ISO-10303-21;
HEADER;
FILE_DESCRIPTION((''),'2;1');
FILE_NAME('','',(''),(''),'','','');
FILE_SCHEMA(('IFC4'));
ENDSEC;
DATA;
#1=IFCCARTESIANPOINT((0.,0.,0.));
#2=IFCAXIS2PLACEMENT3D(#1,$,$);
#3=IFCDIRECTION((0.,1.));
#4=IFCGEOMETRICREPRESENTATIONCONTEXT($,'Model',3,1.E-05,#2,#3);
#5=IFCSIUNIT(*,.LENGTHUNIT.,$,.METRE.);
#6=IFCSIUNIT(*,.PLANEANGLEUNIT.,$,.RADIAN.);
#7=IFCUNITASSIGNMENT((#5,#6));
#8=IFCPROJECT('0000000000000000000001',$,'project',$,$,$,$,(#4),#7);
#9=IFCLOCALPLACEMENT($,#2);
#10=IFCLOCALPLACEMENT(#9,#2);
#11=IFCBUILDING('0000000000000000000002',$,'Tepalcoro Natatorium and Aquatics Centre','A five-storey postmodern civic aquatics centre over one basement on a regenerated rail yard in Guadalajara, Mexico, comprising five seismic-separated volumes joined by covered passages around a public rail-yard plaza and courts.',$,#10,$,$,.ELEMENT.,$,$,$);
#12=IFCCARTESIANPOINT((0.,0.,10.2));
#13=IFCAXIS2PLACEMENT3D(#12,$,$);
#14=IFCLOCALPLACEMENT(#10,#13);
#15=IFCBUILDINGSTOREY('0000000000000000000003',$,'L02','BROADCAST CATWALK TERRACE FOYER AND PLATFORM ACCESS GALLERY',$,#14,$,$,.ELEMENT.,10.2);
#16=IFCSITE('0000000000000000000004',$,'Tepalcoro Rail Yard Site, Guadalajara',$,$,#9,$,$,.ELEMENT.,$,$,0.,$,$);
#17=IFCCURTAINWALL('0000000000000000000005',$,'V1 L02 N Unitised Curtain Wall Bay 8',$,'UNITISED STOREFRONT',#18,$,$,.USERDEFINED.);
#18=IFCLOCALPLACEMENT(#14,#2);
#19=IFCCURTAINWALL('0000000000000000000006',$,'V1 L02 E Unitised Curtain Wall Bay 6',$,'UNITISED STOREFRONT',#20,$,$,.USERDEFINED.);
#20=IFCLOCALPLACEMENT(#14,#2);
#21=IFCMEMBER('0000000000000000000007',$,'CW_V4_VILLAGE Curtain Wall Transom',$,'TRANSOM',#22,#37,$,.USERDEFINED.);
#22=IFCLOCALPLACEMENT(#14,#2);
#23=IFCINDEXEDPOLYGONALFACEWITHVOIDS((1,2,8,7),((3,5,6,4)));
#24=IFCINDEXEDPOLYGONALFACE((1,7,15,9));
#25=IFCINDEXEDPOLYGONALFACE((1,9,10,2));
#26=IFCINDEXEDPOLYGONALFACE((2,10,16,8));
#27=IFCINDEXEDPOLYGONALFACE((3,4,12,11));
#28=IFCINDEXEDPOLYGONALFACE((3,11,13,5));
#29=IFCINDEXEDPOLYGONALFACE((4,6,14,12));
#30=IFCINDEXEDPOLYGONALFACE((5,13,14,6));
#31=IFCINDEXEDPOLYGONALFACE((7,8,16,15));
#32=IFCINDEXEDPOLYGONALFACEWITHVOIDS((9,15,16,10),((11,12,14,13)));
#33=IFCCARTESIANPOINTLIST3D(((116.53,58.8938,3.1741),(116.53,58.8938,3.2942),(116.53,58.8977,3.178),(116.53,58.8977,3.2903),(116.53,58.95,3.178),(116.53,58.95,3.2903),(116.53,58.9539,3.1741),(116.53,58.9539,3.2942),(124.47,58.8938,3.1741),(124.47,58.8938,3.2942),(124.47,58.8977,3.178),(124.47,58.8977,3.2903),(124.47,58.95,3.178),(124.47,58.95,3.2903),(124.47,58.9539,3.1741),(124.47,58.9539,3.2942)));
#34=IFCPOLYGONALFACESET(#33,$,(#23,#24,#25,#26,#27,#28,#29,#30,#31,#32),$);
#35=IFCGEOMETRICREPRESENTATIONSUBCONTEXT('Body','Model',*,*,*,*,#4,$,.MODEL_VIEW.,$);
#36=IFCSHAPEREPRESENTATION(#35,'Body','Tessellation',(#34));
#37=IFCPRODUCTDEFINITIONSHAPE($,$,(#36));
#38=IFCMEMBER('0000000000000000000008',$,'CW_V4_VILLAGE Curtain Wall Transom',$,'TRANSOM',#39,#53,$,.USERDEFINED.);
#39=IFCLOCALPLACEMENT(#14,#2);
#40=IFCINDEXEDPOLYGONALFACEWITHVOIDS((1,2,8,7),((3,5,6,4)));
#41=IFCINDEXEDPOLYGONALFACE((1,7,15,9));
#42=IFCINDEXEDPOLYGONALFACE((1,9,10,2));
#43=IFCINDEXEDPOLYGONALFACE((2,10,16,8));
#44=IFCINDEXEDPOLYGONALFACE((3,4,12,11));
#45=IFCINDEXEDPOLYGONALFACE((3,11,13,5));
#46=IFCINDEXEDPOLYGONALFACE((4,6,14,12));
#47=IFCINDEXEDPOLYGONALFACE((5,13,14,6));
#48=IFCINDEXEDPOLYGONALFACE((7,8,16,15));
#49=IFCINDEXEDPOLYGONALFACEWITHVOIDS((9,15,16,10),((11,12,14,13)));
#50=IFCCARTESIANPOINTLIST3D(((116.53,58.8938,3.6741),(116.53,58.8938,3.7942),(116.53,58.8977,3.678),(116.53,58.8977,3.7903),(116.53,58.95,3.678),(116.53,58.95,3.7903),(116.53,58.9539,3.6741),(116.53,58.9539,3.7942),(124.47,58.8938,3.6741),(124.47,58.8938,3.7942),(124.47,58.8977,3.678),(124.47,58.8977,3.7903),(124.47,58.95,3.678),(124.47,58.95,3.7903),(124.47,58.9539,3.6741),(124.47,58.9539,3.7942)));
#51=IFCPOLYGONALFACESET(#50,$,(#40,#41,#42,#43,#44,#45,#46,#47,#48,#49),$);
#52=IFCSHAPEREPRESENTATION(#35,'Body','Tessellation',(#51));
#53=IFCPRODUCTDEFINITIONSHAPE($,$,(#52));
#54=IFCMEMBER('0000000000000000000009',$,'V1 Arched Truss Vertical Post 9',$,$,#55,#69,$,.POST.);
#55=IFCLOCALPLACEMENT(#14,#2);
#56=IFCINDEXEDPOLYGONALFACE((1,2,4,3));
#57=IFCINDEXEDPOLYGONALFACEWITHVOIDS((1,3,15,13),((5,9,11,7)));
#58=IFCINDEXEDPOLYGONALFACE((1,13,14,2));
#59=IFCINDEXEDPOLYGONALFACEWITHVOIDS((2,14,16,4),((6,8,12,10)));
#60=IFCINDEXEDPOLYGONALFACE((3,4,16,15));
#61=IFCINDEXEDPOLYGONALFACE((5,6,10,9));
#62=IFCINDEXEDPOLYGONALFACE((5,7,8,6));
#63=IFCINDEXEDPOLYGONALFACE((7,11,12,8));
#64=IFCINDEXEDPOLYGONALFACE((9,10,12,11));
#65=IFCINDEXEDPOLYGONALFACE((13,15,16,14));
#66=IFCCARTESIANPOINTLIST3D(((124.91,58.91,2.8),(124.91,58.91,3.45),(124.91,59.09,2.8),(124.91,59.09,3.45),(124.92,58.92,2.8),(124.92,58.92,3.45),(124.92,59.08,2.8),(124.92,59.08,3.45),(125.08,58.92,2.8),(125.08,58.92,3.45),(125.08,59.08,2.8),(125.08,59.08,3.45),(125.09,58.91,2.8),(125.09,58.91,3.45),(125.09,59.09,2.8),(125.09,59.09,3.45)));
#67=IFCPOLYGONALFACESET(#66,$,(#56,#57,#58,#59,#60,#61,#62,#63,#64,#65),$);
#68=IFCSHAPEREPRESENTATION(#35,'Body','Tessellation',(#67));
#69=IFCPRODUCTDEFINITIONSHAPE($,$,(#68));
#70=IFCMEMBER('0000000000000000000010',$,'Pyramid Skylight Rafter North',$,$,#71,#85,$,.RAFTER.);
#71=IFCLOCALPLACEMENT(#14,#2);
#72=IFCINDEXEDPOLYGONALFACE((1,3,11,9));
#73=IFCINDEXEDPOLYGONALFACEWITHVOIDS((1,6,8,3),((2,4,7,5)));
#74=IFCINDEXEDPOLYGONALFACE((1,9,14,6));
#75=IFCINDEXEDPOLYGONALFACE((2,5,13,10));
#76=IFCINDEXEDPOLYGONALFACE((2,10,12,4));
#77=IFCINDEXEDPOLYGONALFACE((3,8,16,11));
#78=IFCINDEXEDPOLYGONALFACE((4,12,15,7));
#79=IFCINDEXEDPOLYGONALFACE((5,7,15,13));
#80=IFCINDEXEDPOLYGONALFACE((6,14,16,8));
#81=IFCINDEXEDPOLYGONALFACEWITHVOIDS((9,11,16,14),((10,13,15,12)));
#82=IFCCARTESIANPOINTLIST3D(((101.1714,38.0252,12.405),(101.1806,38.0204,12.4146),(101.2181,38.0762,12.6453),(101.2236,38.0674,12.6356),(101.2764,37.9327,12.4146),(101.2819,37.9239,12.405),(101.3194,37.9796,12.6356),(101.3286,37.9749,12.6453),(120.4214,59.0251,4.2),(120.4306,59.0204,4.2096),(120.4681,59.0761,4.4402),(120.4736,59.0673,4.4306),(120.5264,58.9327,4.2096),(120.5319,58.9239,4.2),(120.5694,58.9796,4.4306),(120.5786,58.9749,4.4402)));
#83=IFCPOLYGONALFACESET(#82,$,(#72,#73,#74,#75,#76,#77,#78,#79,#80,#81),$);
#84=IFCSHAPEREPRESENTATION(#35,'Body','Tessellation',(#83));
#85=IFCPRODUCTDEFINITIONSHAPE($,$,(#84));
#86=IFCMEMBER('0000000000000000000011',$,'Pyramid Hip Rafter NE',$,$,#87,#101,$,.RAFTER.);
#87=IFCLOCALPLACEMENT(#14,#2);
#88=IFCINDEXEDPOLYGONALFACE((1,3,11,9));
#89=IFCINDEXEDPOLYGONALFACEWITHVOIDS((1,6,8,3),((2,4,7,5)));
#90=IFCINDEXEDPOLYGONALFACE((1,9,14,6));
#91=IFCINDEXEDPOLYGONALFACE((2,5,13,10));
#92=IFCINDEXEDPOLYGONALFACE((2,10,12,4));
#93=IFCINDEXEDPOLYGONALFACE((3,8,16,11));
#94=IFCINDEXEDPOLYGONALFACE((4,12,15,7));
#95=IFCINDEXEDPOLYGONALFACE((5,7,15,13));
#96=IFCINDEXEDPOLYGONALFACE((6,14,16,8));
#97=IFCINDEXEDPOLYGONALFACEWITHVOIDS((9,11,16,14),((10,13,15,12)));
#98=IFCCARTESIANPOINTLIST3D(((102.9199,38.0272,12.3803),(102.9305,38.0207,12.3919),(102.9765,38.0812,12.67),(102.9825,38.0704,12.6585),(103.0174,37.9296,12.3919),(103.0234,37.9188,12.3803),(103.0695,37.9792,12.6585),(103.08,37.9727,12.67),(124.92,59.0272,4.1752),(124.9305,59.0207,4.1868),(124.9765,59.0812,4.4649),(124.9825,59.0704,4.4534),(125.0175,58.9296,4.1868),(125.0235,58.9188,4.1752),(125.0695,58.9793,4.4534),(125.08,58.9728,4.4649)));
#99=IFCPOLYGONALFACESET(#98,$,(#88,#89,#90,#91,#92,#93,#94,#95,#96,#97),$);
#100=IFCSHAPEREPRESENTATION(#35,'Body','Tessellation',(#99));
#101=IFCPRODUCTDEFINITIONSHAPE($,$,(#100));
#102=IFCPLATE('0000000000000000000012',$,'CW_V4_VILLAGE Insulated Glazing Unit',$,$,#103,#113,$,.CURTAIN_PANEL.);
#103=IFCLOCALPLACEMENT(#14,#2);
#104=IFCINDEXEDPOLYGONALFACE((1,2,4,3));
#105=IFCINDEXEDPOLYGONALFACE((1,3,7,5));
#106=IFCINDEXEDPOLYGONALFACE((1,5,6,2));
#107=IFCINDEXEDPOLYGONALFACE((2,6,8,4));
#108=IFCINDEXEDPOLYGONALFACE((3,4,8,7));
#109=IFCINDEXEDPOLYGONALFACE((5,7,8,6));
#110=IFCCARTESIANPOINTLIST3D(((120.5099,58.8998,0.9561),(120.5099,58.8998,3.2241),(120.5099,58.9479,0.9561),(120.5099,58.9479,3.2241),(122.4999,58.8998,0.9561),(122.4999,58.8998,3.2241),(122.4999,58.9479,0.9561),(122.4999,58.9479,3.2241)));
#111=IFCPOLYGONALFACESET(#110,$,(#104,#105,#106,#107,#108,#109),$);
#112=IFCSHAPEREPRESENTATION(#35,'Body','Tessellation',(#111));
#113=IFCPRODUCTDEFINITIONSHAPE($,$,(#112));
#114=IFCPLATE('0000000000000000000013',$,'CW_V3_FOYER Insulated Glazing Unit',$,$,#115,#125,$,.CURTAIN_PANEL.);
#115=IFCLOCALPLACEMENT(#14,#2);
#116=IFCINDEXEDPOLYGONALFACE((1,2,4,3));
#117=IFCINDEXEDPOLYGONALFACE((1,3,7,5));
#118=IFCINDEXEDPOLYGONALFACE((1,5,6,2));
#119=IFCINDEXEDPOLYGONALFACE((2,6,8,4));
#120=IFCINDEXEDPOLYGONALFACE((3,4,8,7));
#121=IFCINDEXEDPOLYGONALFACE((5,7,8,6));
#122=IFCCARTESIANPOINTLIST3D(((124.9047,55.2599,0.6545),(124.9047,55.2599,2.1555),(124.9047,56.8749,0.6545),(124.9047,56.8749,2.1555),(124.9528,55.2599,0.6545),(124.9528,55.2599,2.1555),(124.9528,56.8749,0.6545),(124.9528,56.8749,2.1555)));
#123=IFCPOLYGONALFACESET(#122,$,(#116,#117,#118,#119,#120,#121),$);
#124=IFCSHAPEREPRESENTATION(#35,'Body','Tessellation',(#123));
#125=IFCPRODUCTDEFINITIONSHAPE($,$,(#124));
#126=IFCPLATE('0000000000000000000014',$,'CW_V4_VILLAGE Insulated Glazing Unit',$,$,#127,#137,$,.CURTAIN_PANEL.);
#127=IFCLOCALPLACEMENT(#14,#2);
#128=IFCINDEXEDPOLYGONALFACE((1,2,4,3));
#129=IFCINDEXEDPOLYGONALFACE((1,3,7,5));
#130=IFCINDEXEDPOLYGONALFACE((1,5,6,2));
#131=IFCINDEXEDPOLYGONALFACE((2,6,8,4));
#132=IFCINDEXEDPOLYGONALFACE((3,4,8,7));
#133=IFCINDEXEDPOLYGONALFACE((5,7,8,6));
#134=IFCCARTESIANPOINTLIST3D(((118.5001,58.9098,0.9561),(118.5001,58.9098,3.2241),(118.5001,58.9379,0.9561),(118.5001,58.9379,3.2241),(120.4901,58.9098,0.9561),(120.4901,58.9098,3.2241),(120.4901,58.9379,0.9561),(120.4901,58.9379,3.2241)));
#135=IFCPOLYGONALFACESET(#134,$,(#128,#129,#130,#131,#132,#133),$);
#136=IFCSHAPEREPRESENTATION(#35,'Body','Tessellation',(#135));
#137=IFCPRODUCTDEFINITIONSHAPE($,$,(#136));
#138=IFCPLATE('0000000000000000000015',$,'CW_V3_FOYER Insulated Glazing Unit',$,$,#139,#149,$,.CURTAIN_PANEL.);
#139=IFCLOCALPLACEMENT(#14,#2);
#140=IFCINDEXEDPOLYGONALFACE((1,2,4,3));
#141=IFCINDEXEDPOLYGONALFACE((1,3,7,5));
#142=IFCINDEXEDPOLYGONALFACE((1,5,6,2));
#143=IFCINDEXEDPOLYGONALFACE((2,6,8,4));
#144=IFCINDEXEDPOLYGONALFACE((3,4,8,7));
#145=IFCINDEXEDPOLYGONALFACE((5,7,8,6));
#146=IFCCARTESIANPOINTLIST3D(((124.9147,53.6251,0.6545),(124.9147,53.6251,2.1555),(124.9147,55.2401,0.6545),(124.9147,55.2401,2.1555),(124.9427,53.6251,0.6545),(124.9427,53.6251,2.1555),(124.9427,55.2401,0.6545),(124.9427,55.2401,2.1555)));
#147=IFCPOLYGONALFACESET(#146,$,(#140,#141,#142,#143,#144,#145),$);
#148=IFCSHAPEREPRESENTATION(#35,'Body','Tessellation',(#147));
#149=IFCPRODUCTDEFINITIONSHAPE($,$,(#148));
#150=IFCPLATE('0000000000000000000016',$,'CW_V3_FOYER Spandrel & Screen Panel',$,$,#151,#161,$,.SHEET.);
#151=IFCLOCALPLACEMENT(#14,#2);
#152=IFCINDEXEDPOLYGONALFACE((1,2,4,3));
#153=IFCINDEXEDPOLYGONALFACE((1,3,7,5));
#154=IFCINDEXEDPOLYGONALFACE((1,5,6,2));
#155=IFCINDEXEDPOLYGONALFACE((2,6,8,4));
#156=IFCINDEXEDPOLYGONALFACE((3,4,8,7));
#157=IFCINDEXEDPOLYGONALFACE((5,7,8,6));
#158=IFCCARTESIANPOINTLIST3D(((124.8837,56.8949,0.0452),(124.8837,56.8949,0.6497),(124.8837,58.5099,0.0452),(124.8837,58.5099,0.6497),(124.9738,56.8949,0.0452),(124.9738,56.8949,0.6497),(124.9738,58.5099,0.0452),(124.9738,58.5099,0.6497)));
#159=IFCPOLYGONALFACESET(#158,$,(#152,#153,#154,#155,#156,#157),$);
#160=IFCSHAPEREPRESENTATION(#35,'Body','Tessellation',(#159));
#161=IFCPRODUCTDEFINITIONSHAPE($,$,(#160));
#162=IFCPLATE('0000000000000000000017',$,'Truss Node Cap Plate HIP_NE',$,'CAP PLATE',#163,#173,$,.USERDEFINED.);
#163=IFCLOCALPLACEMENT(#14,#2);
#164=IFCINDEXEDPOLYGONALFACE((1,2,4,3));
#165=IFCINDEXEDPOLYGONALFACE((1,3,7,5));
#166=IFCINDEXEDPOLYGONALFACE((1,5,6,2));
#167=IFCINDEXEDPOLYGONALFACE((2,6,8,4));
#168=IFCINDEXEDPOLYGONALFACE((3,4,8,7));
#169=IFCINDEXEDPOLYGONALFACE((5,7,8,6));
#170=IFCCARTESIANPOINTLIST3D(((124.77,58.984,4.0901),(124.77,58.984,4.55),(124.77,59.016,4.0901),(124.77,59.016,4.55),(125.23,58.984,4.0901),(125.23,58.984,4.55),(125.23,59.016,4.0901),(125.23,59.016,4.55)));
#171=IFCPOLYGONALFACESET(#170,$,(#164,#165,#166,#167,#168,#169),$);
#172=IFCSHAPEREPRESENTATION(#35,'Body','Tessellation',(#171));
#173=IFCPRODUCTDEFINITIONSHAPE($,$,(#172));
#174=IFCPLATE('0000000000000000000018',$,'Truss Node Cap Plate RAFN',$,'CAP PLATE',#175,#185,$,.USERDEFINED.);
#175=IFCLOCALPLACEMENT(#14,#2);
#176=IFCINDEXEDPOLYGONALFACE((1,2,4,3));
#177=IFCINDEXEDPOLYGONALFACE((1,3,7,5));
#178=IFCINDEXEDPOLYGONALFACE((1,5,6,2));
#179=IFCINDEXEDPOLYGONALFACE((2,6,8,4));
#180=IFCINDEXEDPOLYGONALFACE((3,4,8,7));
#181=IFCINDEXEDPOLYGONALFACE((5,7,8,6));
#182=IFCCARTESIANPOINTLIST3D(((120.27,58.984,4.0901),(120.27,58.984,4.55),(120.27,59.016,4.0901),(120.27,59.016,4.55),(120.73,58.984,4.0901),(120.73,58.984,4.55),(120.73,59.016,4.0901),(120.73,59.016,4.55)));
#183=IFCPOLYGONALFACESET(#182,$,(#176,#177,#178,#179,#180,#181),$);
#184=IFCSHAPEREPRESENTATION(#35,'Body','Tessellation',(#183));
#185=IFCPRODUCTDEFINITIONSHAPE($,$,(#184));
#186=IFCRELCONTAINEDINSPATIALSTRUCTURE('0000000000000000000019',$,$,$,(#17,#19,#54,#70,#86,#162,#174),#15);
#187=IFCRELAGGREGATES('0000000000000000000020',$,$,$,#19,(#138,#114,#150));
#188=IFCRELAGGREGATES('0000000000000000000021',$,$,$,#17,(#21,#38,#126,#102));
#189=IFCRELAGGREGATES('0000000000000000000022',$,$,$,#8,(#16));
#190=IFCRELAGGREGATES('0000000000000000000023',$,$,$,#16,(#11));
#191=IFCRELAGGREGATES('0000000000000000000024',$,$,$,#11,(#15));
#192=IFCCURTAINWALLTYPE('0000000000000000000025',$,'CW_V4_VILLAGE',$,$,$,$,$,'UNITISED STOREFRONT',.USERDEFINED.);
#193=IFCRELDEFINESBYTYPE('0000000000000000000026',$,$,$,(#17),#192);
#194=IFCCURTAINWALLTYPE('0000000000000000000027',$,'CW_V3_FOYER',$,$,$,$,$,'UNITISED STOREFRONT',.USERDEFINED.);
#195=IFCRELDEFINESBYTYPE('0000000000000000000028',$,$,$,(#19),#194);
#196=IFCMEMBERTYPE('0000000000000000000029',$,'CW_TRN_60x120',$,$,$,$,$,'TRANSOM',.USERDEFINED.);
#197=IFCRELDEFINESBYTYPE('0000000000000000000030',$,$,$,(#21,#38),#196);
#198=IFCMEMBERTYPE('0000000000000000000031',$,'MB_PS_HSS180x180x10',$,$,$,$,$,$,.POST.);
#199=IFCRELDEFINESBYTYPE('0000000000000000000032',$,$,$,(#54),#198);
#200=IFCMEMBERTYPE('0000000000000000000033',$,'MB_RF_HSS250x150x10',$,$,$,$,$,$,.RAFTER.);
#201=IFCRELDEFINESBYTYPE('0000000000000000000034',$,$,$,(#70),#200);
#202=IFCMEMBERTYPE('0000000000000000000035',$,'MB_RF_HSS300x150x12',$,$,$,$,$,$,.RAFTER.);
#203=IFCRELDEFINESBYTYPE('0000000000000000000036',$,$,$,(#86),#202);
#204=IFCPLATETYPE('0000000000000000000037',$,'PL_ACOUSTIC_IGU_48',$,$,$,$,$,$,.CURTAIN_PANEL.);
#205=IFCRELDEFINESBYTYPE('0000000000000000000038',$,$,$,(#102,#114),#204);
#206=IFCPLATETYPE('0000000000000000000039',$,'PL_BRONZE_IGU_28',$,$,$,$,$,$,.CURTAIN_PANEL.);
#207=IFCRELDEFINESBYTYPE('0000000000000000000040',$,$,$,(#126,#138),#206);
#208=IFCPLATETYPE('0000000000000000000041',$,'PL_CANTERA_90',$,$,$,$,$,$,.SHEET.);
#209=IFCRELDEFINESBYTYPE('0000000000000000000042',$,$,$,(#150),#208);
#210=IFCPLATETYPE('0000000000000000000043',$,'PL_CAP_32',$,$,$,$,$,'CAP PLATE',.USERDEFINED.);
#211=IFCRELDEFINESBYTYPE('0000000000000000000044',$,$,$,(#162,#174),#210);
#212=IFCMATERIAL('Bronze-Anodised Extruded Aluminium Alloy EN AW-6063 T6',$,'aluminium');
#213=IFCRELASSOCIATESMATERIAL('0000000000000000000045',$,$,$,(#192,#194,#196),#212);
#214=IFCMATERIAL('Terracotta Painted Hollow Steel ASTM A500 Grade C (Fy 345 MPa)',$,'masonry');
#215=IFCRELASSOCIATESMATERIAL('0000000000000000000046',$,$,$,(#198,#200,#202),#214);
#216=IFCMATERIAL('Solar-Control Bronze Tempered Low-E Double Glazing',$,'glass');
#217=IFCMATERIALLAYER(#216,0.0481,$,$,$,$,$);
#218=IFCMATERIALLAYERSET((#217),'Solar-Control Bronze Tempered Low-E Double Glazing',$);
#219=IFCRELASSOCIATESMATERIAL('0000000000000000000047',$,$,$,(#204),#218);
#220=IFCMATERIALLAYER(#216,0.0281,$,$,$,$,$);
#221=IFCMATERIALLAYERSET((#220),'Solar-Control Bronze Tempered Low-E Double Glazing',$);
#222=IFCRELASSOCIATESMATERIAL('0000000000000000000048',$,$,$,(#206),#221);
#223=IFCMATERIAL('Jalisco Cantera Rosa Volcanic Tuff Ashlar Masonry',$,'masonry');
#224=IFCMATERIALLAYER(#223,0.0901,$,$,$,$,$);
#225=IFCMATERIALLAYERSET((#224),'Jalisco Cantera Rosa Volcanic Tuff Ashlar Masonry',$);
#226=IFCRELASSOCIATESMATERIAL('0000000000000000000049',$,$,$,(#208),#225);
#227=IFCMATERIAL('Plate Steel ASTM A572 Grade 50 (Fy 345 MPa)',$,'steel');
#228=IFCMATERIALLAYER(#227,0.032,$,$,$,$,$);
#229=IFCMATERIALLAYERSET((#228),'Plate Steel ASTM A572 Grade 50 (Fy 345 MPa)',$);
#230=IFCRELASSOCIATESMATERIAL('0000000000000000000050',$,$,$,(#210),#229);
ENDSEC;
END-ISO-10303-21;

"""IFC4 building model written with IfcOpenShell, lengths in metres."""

from ifc_helpers import new_model, si_unit, direction, frame, origin, origin_2d, place, context, subcontext, project, spatial, rectangle, hollow_rectangle, extrude, material, layer, layer_set, material_profile, profile_set, type_object, element, aggregate, save


model = new_model("IFC4")

# Units and contexts
model_context = context("Model", 3, precision=1e-05, world=origin(), true_north=direction((0.0, 1.0)))
body_context = subcontext(model_context, "Body", "Model", "MODEL_VIEW")
ifc_project = project(units=[si_unit("LENGTHUNIT", "METRE"), si_unit("PLANEANGLEUNIT", "RADIAN")], contexts=[model_context])

# Site, building, storey
site_placement = place(None, origin())
site = spatial("IfcSite", under=ifc_project, at=site_placement, Name="Tepalcoro Rail Yard Site, Guadalajara", CompositionType="ELEMENT", RefElevation=0.0)
building_placement = place(site_placement, origin())
building = spatial("IfcBuilding", under=site, at=building_placement, Name="Tepalcoro Natatorium and Aquatics Centre", Description="A five-storey postmodern civic aquatics centre over one basement on a regenerated rail yard in Guadalajara, Mexico, comprising five seismic-separated volumes joined by covered passages around a public rail-yard plaza and courts.", CompositionType="ELEMENT")
storey_placement = place(building_placement, frame((0.0, 0.0, 10.2)))
storey = spatial("IfcBuildingStorey", under=building, at=storey_placement, Name="L02", Description="BROADCAST CATWALK TERRACE FOYER AND PLATFORM ACCESS GALLERY", CompositionType="ELEMENT", Elevation=10.2)

# Curtain walls
ifc_material_1 = material(Name="Bronze-Anodised Extruded Aluminium Alloy EN AW-6063 T6", Category="aluminium")
curtain_wall_type_1 = type_object("IfcCurtainWallType", Name="CW_V4_VILLAGE", ElementType="UNITISED STOREFRONT", PredefinedType="USERDEFINED", material=ifc_material_1)
curtain_wall_1_placement = place(storey_placement, origin())
curtain_wall_1 = element("IfcCurtainWall", 1, at=curtain_wall_1_placement, inside=storey, type_object=curtain_wall_type_1, Name="V1 L02 N Unitised Curtain Wall Bay 8", ObjectType="UNITISED STOREFRONT", PredefinedType="USERDEFINED")
curtain_wall_type_2 = type_object("IfcCurtainWallType", Name="CW_V3_FOYER", ElementType="UNITISED STOREFRONT", PredefinedType="USERDEFINED", material=ifc_material_1)
curtain_wall_2_placement = place(storey_placement, origin())
curtain_wall_2 = element("IfcCurtainWall", 2, at=curtain_wall_2_placement, inside=storey, type_object=curtain_wall_type_2, Name="V1 L02 E Unitised Curtain Wall Bay 6", ObjectType="UNITISED STOREFRONT", PredefinedType="USERDEFINED")

# Members
ifc_material_profile_1 = material_profile(ifc_material_1, hollow_rectangle(XDim=0.0601, YDim=0.1201, WallThickness=0.0039, at=origin_2d()), Name="AL60X120X4")
ifc_profile_set_1 = profile_set([ifc_material_profile_1], Name="Bronze-Anodised Extruded Aluminium Alloy EN AW-6063 T6")
member_type_1 = type_object("IfcMemberType", Name="CW_TRN_60x120", ElementType="TRANSOM", PredefinedType="USERDEFINED", material=ifc_profile_set_1)
member_1_placement = place(storey_placement, frame((116.53, 58.9238, 3.2341), z_axis=(1.0, 0.0, 0.0), x_axis=(0.0, 1.0, 0.0)))
member_1 = element("IfcMember", 3, at=member_1_placement, type_object=member_type_1, Name="CW_V4_VILLAGE Curtain Wall Transom", ObjectType="TRANSOM", PredefinedType="USERDEFINED", context=body_context, shape_type="SweptSolid", body=[
    extrude(hollow_rectangle(XDim=0.0601, YDim=0.1201, WallThickness=0.0039, at=origin_2d()), origin(), (0.0, 0.0, 1.0), 7.9399),
])
member_2_placement = place(storey_placement, frame((116.53, 58.9238, 3.7341), z_axis=(1.0, 0.0, 0.0), x_axis=(0.0, 1.0, 0.0)))
member_2 = element("IfcMember", 4, at=member_2_placement, type_object=member_type_1, Name="CW_V4_VILLAGE Curtain Wall Transom", ObjectType="TRANSOM", PredefinedType="USERDEFINED", context=body_context, shape_type="SweptSolid", body=[
    extrude(hollow_rectangle(XDim=0.0601, YDim=0.1201, WallThickness=0.0039, at=origin_2d()), origin(), (0.0, 0.0, 1.0), 7.9399),
])

# Members
ifc_material_2 = material(Name="Terracotta Painted Hollow Steel ASTM A500 Grade C (Fy 345 MPa)", Category="masonry")
ifc_material_profile_2 = material_profile(ifc_material_2, hollow_rectangle(XDim=0.1799, YDim=0.1799, WallThickness=0.01, at=origin_2d()), Name="HSS180X180X10")
ifc_profile_set_2 = profile_set([ifc_material_profile_2], Name="Terracotta Painted Hollow Steel ASTM A500 Grade C (Fy 345 MPa)")
member_type_2 = type_object("IfcMemberType", Name="MB_PS_HSS180x180x10", PredefinedType="POST", material=ifc_profile_set_2)
member_3_placement = place(storey_placement, frame((125.0, 59.0, 2.8), z_axis=(0.0, 0.0, 1.0), x_axis=(1.0, 0.0, 0.0)))
element("IfcMember", 5, at=member_3_placement, inside=storey, type_object=member_type_2, Name="V1 Arched Truss Vertical Post 9", PredefinedType="POST", context=body_context, shape_type="SweptSolid", body=[
    extrude(hollow_rectangle(XDim=0.1799, YDim=0.1799, WallThickness=0.01, at=origin_2d()), origin(), (0.0, 0.0, 1.0), 0.6499),
])
ifc_material_profile_3 = material_profile(ifc_material_2, hollow_rectangle(XDim=0.1499, YDim=0.25, WallThickness=0.01, at=origin_2d()), Name="HSS250X150X10")
ifc_profile_set_3 = profile_set([ifc_material_profile_3], Name="Terracotta Painted Hollow Steel ASTM A500 Grade C (Fy 345 MPa)")
member_type_3 = type_object("IfcMemberType", Name="MB_RF_HSS250x150x10", PredefinedType="RAFTER", material=ifc_profile_set_3)
member_4_placement = place(storey_placement, frame((120.5, 59.0, 4.3201), z_axis=(-0.649329, -0.708358, 0.276768), x_axis=(0.737154, -0.675725, 0.0)))
element("IfcMember", 6, at=member_4_placement, inside=storey, type_object=member_type_3, Name="Pyramid Skylight Rafter North", PredefinedType="RAFTER", context=body_context, shape_type="SweptSolid", body=[
    extrude(hollow_rectangle(XDim=0.1499, YDim=0.25, WallThickness=0.01, at=origin_2d()), origin(), (0.0, 0.0, 1.0), 29.646),
])
ifc_material_profile_4 = material_profile(ifc_material_2, hollow_rectangle(XDim=0.1499, YDim=0.3, WallThickness=0.012, at=origin_2d()), Name="HSS300X150X12")
ifc_profile_set_4 = profile_set([ifc_material_profile_4], Name="Terracotta Painted Hollow Steel ASTM A500 Grade C (Fy 345 MPa)")
member_type_4 = type_object("IfcMemberType", Name="MB_RF_HSS300x150x12", PredefinedType="RAFTER", material=ifc_profile_set_4)
member_5_placement = place(storey_placement, frame((125.0, 59.0, 4.3201), z_axis=(-0.698387, -0.666642, 0.260469), x_axis=(0.690476, -0.723356, 0.0)))
element("IfcMember", 7, at=member_5_placement, inside=storey, type_object=member_type_4, Name="Pyramid Hip Rafter NE", PredefinedType="RAFTER", context=body_context, shape_type="SweptSolid", body=[
    extrude(hollow_rectangle(XDim=0.1499, YDim=0.3, WallThickness=0.012, at=origin_2d()), origin(), (0.0, 0.0, 1.0), 31.5012),
])

# Plates
ifc_material_3 = material(Name="Solar-Control Bronze Tempered Low-E Double Glazing", Category="glass")
ifc_layer_1 = layer(ifc_material_3, 0.0481)
ifc_layer_set_1 = layer_set([ifc_layer_1], Name="Solar-Control Bronze Tempered Low-E Double Glazing")
plate_type_1 = type_object("IfcPlateType", Name="PL_ACOUSTIC_IGU_48", PredefinedType="CURTAIN_PANEL", material=ifc_layer_set_1)
plate_1_placement = place(storey_placement, frame((121.5049, 58.9238, 0.9561), z_axis=(0.0, 0.0, 1.0), x_axis=(1.0, 0.0, 0.0)))
plate_1 = element("IfcPlate", 8, at=plate_1_placement, type_object=plate_type_1, Name="CW_V4_VILLAGE Insulated Glazing Unit", PredefinedType="CURTAIN_PANEL", context=body_context, shape_type="SweptSolid", body=[
    extrude(rectangle(XDim=1.99, YDim=0.0481, at=origin_2d()), origin(), (0.0, 0.0, 1.0), 2.2681),
])
plate_2_placement = place(storey_placement, frame((124.9287, 56.0674, 0.6545), z_axis=(0.0, 0.0, 1.0), x_axis=(1.0, 0.0, 0.0)))
plate_2 = element("IfcPlate", 9, at=plate_2_placement, type_object=plate_type_1, Name="CW_V3_FOYER Insulated Glazing Unit", PredefinedType="CURTAIN_PANEL", context=body_context, shape_type="SweptSolid", body=[
    extrude(rectangle(XDim=0.0481, YDim=1.615, at=origin_2d()), origin(), (0.0, 0.0, 1.0), 1.501),
])
ifc_layer_2 = layer(ifc_material_3, 0.0281)
ifc_layer_set_2 = layer_set([ifc_layer_2], Name="Solar-Control Bronze Tempered Low-E Double Glazing")
plate_type_2 = type_object("IfcPlateType", Name="PL_BRONZE_IGU_28", PredefinedType="CURTAIN_PANEL", material=ifc_layer_set_2)
plate_3_placement = place(storey_placement, frame((119.4951, 58.9238, 0.9561), z_axis=(0.0, 0.0, 1.0), x_axis=(1.0, 0.0, 0.0)))
plate_3 = element("IfcPlate", 10, at=plate_3_placement, type_object=plate_type_2, Name="CW_V4_VILLAGE Insulated Glazing Unit", PredefinedType="CURTAIN_PANEL", context=body_context, shape_type="SweptSolid", body=[
    extrude(rectangle(XDim=1.99, YDim=0.0281, at=origin_2d()), origin(), (0.0, 0.0, 1.0), 2.2681),
])
plate_4_placement = place(storey_placement, frame((124.9287, 54.4326, 0.6545), z_axis=(0.0, 0.0, 1.0), x_axis=(1.0, 0.0, 0.0)))
plate_4 = element("IfcPlate", 11, at=plate_4_placement, type_object=plate_type_2, Name="CW_V3_FOYER Insulated Glazing Unit", PredefinedType="CURTAIN_PANEL", context=body_context, shape_type="SweptSolid", body=[
    extrude(rectangle(XDim=0.0281, YDim=1.615, at=origin_2d()), origin(), (0.0, 0.0, 1.0), 1.501),
])
ifc_material_4 = material(Name="Jalisco Cantera Rosa Volcanic Tuff Ashlar Masonry", Category="masonry")
ifc_layer_3 = layer(ifc_material_4, 0.0901)
ifc_layer_set_3 = layer_set([ifc_layer_3], Name="Jalisco Cantera Rosa Volcanic Tuff Ashlar Masonry")
plate_type_3 = type_object("IfcPlateType", Name="PL_CANTERA_90", PredefinedType="SHEET", material=ifc_layer_set_3)
plate_5_placement = place(storey_placement, frame((124.9287, 57.7024, 0.0452), z_axis=(0.0, 0.0, 1.0), x_axis=(1.0, 0.0, 0.0)))
plate_5 = element("IfcPlate", 12, at=plate_5_placement, type_object=plate_type_3, Name="CW_V3_FOYER Spandrel & Screen Panel", PredefinedType="SHEET", context=body_context, shape_type="SweptSolid", body=[
    extrude(rectangle(XDim=0.0901, YDim=1.615, at=origin_2d()), origin(), (0.0, 0.0, 1.0), 0.6045),
])

# Plates
ifc_material_5 = material(Name="Plate Steel ASTM A572 Grade 50 (Fy 345 MPa)", Category="steel")
ifc_layer_4 = layer(ifc_material_5, 0.032)
ifc_layer_set_4 = layer_set([ifc_layer_4], Name="Plate Steel ASTM A572 Grade 50 (Fy 345 MPa)")
plate_type_4 = type_object("IfcPlateType", Name="PL_CAP_32", ElementType="CAP PLATE", PredefinedType="USERDEFINED", material=ifc_layer_set_4)
for number, where, z_axis, x_axis, name in (
    (13, (125.0, 59.0, 4.0901), (0.0, 0.0, 1.0), (1.0, 0.0, 0.0), "Truss Node Cap Plate HIP_NE"),
    (14, (120.5, 59.0, 4.0901), (0.0, 0.0, 1.0), (1.0, 0.0, 0.0), "Truss Node Cap Plate RAFN"),
):
    element("IfcPlate", number, at=place(storey_placement, frame(where, z_axis=z_axis, x_axis=x_axis)), inside=storey, type_object=plate_type_4, Name=name, ObjectType="CAP PLATE", PredefinedType="USERDEFINED", context=body_context, shape_type="SweptSolid", body=[
        extrude(rectangle(XDim=0.46, YDim=0.032, at=origin_2d()), origin(), (0.0, 0.0, 1.0), 0.46),
    ])

aggregate(curtain_wall_2, [plate_4, plate_2, plate_5])
aggregate(curtain_wall_1, [member_1, member_2, plate_3, plate_1])

save(model, "model.ifc")
